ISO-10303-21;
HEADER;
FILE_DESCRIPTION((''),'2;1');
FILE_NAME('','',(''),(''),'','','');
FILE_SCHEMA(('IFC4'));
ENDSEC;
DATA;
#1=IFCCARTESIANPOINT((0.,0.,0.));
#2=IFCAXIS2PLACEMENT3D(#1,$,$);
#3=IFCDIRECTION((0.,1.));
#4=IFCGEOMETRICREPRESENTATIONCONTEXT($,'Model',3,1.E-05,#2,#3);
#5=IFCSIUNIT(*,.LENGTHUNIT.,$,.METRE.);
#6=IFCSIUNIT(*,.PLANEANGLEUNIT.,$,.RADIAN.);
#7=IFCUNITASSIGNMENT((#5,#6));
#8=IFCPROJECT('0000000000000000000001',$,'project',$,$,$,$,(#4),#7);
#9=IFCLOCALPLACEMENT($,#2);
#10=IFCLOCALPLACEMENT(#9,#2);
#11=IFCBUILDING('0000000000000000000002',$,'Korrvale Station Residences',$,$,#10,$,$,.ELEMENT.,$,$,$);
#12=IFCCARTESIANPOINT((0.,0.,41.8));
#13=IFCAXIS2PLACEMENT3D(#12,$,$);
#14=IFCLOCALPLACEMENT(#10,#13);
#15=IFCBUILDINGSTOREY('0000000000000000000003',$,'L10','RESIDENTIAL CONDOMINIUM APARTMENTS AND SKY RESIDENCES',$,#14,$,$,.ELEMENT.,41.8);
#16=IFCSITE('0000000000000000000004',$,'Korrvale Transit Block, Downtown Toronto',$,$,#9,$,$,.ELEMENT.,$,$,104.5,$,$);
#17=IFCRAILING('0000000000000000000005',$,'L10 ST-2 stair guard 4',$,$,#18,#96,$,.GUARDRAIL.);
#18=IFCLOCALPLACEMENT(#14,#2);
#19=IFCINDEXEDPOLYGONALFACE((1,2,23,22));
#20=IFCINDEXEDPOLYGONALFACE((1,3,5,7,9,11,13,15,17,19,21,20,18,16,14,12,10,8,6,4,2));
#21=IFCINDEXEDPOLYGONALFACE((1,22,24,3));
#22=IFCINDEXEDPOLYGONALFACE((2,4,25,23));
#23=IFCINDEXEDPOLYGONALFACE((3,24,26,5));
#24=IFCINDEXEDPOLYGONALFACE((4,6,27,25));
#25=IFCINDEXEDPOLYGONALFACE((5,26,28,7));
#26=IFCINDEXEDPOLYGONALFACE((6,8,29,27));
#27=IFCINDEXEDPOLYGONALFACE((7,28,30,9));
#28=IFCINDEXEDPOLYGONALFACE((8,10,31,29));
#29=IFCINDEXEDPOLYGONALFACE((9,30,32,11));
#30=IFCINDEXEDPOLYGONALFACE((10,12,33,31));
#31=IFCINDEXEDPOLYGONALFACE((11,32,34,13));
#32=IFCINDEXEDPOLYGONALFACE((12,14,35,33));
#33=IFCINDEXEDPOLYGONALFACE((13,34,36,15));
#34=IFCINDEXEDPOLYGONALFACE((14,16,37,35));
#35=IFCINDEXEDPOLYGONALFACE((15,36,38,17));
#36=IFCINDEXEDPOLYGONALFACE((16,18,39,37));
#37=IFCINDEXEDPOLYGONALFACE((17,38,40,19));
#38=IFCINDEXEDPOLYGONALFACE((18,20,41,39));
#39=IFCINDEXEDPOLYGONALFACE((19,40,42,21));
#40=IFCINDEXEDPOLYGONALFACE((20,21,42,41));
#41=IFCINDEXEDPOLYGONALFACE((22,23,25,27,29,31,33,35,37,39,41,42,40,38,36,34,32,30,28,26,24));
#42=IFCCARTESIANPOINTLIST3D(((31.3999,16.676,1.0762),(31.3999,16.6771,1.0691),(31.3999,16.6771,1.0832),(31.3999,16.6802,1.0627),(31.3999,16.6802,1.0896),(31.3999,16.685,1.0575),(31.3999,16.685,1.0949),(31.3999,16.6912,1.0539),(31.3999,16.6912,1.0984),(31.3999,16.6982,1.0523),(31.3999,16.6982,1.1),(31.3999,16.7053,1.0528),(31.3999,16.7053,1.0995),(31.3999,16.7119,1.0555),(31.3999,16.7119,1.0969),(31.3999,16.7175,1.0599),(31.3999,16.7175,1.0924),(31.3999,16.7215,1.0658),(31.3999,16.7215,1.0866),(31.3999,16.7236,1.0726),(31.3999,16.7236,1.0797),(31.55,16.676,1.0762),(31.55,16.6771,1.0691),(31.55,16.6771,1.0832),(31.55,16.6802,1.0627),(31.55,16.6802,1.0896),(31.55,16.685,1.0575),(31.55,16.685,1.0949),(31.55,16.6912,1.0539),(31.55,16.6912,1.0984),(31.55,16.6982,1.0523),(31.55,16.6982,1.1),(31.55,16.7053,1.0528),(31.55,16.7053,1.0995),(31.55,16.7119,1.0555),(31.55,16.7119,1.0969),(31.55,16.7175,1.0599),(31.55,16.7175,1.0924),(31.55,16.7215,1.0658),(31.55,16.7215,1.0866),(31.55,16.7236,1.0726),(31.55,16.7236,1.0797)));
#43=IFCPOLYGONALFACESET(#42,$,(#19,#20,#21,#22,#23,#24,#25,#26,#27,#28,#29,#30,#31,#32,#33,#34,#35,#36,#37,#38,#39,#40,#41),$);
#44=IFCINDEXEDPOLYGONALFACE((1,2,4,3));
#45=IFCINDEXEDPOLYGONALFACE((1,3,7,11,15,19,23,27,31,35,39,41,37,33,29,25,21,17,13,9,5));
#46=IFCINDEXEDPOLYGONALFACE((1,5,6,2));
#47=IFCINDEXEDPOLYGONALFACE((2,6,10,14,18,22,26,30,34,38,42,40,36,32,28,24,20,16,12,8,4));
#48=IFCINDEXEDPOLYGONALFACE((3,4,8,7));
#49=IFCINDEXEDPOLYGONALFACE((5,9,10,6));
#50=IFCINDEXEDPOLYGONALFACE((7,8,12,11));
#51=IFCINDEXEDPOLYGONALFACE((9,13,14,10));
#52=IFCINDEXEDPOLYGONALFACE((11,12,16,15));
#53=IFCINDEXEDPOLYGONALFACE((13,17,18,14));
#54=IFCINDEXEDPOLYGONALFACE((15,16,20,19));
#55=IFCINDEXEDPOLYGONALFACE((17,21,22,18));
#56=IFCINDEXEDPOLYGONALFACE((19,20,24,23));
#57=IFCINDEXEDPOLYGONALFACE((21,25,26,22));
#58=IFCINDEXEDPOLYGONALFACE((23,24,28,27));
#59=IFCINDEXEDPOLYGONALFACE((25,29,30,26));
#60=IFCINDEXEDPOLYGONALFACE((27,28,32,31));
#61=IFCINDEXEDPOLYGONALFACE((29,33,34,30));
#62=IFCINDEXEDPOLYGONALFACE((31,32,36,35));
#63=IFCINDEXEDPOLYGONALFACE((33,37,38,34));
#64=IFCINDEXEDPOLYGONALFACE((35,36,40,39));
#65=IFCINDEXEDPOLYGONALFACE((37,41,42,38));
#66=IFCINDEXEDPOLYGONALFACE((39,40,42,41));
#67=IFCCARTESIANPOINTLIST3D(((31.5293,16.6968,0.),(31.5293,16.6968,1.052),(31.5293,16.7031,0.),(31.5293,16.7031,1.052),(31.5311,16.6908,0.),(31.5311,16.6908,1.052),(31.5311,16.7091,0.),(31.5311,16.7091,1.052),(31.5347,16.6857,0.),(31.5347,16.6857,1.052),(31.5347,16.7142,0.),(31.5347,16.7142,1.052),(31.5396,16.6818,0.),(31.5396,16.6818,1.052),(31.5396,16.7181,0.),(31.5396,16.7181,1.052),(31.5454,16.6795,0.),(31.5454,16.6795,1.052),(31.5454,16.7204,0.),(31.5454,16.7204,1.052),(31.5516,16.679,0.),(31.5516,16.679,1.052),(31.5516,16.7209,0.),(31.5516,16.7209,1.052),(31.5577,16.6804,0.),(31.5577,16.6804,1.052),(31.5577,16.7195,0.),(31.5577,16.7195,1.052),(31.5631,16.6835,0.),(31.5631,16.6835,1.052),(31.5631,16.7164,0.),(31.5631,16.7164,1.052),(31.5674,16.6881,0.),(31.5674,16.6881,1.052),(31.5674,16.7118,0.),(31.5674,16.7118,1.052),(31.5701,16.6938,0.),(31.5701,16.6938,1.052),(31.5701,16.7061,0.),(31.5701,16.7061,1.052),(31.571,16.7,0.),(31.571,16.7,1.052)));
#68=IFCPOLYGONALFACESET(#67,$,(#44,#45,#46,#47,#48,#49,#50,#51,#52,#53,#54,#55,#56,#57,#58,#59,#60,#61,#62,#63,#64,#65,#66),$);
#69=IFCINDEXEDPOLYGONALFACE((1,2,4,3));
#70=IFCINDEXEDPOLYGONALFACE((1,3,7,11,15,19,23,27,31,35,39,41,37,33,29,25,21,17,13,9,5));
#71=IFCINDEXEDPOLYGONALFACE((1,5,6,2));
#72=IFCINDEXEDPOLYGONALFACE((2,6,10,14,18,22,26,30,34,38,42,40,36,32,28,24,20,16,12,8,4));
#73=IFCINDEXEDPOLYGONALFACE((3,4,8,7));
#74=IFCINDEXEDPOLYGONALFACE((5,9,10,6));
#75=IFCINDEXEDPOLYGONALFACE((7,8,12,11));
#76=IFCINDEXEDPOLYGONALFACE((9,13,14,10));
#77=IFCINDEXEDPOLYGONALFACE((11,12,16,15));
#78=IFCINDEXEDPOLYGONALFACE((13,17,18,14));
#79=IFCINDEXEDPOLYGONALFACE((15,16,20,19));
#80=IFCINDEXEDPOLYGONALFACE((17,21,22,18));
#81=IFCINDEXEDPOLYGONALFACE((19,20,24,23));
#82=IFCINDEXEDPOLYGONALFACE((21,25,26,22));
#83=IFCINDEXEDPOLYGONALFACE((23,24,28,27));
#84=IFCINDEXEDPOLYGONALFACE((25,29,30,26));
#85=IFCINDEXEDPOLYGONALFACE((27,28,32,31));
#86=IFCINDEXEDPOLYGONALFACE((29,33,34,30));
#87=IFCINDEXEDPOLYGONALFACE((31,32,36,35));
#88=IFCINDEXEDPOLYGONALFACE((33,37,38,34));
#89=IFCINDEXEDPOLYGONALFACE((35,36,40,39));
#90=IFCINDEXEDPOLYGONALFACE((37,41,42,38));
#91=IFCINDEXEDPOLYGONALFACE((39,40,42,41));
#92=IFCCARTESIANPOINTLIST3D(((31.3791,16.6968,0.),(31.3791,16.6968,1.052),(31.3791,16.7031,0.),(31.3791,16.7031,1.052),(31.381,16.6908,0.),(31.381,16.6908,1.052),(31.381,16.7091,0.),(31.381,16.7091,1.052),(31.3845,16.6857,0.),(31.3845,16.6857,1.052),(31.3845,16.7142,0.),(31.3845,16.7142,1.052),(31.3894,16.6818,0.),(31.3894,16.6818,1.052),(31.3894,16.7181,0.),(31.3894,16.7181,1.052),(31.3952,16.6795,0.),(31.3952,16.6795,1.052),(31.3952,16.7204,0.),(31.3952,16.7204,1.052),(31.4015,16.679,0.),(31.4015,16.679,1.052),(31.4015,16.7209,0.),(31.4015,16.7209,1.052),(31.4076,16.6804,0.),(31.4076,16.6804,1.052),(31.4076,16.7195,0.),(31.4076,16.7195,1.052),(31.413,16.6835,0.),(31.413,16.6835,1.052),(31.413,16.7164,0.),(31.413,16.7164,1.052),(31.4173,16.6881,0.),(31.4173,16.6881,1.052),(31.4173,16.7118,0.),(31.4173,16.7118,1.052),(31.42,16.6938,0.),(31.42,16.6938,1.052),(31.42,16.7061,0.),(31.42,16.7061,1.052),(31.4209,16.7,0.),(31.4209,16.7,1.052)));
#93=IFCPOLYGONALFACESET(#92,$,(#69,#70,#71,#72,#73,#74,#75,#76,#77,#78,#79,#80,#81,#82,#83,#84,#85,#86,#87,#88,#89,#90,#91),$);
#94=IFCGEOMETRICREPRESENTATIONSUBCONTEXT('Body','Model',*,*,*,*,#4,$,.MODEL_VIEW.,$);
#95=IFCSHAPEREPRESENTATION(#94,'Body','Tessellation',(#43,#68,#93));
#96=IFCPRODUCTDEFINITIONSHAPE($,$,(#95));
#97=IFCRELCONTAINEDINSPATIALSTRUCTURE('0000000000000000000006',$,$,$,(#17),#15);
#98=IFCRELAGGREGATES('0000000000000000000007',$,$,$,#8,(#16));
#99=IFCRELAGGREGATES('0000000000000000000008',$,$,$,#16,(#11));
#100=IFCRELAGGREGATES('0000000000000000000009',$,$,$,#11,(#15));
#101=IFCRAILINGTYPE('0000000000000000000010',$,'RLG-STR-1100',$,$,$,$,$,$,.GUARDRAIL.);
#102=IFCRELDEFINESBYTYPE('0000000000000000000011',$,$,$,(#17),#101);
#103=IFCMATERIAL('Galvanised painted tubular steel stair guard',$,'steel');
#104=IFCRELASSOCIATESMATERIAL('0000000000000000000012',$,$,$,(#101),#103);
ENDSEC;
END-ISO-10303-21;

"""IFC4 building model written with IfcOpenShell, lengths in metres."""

from ifc_helpers import new_model, si_unit, direction, frame, origin, origin_2d, place, context, subcontext, project, spatial, circle, extrude, material, type_object, element, save


model = new_model("IFC4")

# Units and contexts
model_context = context("Model", 3, precision=1e-05, world=origin(), true_north=direction((0.0, 1.0)))
body_context = subcontext(model_context, "Body", "Model", "MODEL_VIEW")
ifc_project = project(units=[si_unit("LENGTHUNIT", "METRE"), si_unit("PLANEANGLEUNIT", "RADIAN")], contexts=[model_context])

# Site, building, storey
site_placement = place(None, origin())
site = spatial("IfcSite", under=ifc_project, at=site_placement, Name="Korrvale Transit Block, Downtown Toronto", CompositionType="ELEMENT", RefElevation=104.5)
building_placement = place(site_placement, origin())
building = spatial("IfcBuilding", under=site, at=building_placement, Name="Korrvale Station Residences", CompositionType="ELEMENT")
storey_placement = place(building_placement, frame((0.0, 0.0, 41.8)))
storey = spatial("IfcBuildingStorey", under=building, at=storey_placement, Name="L10", Description="RESIDENTIAL CONDOMINIUM APARTMENTS AND SKY RESIDENCES", CompositionType="ELEMENT", Elevation=41.8)

# Railing
ifc_material_1 = material(Name="Galvanised painted tubular steel stair guard", Category="steel")
railing_type_1 = type_object("IfcRailingType", Name="RLG-STR-1100", PredefinedType="GUARDRAIL", material=ifc_material_1)
railing_1_placement = place(storey_placement, frame((31.55, 16.7, 0.0)))
element("IfcRailing", 1, at=railing_1_placement, inside=storey, type_object=railing_type_1, Name="L10 ST-2 stair guard 4", PredefinedType="GUARDRAIL", context=body_context, shape_type="SweptSolid", body=[
    extrude(circle(Radius=0.0239, at=origin_2d()), frame((0.0, 0.0, 1.0762), z_axis=(-1.0, 0.0, 0.0), x_axis=(0.0, -1.0, 0.0)), (0.0, 0.0, 1.0), 0.1501),
    extrude(circle(Radius=0.021, at=origin_2d()), origin(), (0.0, 0.0, 1.0), 1.052),
    extrude(circle(Radius=0.021, at=origin_2d()), frame((-0.1501, 0.0, 0.0)), (0.0, 0.0, 1.0), 1.052),
])

save(model, "model.ifc")
